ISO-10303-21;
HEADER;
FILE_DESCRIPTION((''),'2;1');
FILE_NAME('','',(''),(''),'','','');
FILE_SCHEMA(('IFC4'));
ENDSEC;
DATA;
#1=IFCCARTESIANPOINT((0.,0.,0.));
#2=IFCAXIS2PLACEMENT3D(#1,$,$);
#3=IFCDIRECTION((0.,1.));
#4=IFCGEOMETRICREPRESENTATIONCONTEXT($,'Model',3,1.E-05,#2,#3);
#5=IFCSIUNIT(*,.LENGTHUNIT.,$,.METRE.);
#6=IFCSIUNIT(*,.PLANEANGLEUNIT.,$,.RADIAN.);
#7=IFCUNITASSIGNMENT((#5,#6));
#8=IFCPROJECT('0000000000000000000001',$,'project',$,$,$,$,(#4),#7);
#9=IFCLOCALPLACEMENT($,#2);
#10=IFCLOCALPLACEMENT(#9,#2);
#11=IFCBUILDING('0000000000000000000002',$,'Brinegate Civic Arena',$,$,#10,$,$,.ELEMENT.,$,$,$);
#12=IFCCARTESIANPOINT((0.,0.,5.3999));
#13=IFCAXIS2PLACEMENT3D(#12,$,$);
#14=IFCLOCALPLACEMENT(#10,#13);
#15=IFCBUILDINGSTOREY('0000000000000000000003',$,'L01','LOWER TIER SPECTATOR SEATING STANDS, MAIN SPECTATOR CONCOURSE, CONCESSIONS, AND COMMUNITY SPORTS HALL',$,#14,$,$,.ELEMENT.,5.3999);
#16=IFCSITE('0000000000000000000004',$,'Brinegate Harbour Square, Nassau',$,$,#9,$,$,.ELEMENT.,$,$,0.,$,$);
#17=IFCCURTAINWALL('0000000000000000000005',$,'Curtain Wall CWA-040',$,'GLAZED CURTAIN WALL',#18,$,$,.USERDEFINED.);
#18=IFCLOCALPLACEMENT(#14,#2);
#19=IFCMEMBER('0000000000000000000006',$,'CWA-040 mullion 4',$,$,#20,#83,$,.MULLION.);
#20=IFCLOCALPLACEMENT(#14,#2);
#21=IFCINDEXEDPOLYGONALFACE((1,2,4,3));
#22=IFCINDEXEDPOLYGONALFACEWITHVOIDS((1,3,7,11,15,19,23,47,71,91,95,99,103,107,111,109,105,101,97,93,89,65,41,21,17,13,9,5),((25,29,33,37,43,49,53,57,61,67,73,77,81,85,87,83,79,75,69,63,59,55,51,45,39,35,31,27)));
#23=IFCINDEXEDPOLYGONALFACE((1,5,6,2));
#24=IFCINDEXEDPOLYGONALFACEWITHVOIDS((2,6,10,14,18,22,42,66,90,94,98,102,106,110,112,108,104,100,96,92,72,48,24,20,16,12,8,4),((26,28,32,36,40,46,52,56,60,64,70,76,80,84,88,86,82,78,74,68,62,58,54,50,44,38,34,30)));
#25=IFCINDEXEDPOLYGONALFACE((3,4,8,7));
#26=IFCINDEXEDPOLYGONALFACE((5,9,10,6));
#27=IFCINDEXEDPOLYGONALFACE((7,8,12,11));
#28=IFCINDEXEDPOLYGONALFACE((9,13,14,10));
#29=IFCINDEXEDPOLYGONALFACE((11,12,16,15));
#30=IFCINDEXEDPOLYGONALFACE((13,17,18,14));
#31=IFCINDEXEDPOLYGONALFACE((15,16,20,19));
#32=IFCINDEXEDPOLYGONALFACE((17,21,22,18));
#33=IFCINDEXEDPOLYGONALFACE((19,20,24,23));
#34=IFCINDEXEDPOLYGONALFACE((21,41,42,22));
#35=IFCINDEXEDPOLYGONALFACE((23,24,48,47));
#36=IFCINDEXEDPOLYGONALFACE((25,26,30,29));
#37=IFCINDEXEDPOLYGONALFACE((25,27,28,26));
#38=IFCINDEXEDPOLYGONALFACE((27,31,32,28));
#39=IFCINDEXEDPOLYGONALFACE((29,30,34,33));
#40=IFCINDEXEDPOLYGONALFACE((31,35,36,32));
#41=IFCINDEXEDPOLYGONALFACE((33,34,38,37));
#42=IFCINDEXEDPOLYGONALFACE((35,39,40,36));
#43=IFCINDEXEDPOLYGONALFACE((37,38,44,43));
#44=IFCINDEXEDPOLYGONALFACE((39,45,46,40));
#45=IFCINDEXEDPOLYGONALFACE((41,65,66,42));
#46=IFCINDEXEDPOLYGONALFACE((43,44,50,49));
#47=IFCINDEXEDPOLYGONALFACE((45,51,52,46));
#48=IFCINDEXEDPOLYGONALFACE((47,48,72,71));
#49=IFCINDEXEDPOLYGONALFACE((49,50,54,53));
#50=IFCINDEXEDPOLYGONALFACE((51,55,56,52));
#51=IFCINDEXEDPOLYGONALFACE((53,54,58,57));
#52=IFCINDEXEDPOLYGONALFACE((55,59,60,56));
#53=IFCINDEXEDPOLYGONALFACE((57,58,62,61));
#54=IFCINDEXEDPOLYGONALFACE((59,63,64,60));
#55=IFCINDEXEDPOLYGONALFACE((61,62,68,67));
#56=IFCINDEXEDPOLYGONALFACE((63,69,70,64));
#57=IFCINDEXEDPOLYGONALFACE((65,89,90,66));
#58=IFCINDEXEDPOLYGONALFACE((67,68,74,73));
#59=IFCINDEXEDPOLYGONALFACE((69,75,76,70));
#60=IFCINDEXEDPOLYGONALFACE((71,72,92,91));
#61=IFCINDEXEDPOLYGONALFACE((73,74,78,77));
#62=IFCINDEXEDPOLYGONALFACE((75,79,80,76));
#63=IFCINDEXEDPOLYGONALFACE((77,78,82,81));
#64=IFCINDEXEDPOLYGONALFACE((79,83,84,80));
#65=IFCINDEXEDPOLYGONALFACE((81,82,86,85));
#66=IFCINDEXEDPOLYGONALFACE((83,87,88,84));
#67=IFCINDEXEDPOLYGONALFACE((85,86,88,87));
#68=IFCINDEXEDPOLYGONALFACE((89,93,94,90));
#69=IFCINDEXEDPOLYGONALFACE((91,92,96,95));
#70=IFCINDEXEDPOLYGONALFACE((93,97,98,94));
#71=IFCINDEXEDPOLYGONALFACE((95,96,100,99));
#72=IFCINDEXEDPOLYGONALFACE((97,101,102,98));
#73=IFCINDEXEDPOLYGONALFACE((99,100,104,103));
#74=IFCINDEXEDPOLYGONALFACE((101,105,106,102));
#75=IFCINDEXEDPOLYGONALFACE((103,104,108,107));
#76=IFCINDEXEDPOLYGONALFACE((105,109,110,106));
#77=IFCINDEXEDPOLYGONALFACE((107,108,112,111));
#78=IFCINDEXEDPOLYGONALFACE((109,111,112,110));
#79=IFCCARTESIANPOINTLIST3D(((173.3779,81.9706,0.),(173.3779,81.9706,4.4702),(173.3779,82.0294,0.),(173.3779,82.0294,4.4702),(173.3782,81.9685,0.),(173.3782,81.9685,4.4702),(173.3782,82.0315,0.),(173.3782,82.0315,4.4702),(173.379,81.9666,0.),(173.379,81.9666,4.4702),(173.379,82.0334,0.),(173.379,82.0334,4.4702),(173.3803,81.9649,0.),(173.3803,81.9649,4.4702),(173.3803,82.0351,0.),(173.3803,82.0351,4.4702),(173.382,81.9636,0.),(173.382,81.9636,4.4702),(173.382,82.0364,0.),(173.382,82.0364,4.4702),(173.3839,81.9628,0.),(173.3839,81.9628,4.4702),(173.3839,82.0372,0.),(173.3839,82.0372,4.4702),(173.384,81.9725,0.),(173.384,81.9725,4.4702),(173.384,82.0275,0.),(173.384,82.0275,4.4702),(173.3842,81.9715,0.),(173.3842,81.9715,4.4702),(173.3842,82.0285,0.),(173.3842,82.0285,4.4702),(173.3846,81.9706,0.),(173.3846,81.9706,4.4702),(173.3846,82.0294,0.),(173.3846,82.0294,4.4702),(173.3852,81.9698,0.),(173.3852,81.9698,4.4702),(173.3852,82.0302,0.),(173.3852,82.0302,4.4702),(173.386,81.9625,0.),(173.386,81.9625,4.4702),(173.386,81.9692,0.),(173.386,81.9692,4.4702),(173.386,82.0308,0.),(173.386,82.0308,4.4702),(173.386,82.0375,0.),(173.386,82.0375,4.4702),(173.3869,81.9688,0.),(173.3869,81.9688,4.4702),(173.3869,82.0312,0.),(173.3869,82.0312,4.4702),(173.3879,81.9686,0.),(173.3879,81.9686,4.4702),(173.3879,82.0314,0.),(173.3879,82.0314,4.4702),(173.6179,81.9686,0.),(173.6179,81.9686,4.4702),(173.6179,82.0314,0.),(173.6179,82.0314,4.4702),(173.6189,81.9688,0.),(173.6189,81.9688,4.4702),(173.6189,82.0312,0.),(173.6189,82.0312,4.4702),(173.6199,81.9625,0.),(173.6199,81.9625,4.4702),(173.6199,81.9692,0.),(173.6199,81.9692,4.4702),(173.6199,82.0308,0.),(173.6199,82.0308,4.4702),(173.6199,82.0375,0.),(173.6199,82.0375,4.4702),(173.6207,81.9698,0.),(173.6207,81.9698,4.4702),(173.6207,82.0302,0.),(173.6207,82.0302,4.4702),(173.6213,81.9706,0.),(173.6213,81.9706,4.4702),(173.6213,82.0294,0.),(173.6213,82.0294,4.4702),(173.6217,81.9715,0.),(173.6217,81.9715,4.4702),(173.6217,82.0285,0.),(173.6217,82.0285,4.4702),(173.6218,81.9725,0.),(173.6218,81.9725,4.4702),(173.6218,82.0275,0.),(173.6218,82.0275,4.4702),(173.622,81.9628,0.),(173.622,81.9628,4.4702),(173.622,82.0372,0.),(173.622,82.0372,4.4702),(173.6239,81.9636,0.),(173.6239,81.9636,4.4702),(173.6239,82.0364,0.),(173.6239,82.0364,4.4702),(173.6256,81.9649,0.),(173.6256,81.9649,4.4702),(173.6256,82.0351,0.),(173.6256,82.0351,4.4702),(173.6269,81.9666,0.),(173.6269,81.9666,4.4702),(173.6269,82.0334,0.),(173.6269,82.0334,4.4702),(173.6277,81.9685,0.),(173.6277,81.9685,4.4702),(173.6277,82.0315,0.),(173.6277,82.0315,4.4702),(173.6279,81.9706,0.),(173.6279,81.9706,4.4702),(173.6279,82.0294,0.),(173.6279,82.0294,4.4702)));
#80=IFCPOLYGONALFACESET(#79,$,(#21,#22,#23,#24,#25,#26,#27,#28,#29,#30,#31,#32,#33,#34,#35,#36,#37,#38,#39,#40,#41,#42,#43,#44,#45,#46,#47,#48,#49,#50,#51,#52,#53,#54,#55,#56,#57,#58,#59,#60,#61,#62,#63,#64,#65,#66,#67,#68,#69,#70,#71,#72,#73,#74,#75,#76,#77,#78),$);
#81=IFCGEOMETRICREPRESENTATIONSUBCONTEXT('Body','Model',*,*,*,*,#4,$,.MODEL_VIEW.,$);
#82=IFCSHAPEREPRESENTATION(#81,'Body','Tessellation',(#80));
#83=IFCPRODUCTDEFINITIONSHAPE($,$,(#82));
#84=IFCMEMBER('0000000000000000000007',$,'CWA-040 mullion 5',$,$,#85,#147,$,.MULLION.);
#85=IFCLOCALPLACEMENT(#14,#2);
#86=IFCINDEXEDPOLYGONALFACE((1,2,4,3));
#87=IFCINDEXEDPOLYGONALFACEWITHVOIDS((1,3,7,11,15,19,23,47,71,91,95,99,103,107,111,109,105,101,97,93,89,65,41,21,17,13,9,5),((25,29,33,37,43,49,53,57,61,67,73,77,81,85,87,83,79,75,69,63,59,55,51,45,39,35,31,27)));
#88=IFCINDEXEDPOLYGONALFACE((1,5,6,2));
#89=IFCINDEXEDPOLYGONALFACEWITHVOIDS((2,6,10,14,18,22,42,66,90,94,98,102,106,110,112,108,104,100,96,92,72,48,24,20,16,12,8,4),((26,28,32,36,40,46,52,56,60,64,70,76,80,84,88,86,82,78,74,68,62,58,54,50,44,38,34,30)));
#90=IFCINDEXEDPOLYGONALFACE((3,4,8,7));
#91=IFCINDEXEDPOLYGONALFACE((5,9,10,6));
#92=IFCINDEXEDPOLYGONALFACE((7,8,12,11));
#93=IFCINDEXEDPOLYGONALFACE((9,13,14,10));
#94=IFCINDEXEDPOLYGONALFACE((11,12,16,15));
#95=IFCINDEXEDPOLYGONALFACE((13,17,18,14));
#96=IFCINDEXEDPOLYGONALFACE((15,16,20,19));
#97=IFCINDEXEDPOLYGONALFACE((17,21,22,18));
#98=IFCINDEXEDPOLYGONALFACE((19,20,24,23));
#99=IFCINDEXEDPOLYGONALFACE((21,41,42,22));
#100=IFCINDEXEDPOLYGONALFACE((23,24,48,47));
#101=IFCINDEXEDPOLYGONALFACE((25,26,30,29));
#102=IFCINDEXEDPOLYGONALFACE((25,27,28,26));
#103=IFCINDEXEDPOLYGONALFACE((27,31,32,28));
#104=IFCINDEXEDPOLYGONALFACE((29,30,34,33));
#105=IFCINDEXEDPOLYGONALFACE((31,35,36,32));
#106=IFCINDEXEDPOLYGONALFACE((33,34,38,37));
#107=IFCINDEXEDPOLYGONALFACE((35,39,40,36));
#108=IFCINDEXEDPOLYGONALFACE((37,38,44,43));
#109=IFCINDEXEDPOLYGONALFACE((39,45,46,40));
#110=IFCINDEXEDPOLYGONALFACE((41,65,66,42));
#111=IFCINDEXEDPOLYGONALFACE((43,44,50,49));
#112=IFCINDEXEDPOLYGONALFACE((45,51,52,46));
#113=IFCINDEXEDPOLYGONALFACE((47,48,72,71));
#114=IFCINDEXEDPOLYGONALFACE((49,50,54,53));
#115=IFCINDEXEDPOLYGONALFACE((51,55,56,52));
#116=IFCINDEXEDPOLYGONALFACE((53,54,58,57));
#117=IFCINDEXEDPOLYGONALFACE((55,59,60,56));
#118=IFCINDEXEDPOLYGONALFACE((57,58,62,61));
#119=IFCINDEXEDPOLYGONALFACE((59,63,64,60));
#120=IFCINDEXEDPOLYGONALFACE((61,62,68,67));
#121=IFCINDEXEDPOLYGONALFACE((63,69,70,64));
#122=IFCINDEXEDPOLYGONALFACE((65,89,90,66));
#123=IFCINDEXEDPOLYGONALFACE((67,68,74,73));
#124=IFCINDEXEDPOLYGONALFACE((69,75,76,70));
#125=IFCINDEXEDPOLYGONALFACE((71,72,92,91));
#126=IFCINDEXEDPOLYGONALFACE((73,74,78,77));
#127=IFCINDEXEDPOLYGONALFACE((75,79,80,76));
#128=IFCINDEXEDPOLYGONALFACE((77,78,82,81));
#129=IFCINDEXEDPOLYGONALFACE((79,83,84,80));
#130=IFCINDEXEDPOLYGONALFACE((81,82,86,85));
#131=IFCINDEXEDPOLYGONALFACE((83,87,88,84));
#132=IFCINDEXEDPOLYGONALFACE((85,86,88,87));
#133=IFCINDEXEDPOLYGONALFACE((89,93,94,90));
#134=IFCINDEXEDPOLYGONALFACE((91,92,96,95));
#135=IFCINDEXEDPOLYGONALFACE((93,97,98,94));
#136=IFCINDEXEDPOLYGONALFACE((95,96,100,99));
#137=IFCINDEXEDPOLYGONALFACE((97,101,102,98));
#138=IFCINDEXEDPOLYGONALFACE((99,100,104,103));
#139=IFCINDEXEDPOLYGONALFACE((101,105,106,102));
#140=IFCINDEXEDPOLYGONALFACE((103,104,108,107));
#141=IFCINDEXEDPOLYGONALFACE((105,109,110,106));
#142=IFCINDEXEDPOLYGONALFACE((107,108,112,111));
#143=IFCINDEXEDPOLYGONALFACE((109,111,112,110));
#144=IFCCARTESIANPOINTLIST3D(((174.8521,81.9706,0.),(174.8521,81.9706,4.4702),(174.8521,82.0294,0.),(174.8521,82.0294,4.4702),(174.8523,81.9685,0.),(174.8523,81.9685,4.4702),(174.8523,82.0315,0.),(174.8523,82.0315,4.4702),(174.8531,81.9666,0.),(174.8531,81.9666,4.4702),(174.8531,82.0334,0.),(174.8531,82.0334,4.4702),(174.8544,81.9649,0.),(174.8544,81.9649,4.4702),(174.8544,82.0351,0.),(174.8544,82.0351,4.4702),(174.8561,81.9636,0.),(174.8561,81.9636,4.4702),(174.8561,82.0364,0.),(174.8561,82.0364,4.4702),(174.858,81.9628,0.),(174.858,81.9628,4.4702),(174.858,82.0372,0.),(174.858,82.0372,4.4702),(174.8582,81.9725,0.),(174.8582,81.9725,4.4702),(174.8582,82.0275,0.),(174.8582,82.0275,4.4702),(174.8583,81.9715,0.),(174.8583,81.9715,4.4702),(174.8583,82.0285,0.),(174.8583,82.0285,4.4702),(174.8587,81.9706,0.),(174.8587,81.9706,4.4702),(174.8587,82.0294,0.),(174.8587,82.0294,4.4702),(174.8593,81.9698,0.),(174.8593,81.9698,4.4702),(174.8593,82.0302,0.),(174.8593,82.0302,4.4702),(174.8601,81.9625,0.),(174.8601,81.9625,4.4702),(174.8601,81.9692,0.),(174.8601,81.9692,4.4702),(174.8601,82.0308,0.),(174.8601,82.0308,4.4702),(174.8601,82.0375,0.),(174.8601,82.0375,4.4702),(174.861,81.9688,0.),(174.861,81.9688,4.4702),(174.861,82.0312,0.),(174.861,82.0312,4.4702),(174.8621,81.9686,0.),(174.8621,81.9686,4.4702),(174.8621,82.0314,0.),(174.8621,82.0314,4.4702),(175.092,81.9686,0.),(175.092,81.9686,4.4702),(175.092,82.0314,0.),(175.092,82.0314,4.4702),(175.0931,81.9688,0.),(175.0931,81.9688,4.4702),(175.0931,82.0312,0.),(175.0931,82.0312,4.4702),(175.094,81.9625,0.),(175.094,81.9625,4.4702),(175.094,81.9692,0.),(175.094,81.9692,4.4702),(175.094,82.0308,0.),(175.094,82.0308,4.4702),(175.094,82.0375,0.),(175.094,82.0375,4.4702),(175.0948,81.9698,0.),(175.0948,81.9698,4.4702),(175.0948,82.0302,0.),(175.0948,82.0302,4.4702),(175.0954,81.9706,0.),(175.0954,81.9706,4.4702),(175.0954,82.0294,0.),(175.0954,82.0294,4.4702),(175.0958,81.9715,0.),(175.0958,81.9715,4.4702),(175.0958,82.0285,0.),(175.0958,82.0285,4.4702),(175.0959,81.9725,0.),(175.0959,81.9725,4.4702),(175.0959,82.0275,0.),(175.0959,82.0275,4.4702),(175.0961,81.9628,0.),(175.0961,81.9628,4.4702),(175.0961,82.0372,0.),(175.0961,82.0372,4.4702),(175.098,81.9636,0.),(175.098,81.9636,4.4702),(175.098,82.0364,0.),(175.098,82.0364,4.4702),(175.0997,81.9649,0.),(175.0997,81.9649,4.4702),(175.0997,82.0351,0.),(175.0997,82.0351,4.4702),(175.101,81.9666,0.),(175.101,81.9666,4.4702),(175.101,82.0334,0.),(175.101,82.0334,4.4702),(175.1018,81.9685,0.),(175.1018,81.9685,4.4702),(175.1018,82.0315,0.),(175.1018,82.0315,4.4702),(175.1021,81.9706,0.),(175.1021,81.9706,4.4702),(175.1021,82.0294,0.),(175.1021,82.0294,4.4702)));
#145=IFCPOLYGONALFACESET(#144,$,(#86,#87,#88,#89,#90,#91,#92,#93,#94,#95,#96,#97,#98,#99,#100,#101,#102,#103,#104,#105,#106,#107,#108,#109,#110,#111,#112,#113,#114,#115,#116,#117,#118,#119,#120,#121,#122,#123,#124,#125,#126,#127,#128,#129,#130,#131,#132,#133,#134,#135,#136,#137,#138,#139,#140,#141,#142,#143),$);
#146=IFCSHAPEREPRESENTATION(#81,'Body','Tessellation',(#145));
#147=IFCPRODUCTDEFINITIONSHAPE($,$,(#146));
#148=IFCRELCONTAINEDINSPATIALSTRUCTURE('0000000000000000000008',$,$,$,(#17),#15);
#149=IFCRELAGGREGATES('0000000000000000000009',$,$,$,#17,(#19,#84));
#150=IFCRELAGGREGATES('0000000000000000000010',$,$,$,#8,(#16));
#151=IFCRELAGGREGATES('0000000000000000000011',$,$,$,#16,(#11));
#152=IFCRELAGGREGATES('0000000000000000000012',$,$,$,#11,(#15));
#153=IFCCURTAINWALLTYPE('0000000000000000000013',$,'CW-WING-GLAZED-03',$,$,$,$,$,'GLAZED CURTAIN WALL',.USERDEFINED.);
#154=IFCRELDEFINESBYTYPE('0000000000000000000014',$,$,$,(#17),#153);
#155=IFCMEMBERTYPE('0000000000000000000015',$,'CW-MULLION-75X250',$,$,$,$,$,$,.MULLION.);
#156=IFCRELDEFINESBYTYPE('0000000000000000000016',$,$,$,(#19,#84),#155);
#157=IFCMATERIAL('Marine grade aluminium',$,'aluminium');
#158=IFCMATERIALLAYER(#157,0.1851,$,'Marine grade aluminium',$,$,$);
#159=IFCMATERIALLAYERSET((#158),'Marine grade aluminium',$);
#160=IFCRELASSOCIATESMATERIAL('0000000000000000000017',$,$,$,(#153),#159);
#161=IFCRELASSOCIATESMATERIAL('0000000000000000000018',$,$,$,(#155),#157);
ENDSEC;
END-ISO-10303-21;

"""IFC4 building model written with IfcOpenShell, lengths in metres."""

from ifc_helpers import new_model, si_unit, direction, frame, origin, origin_2d, place, context, subcontext, project, spatial, hollow_rectangle, extrude, material, layer, layer_set, material_profile, profile_set, type_object, element, aggregate, save


model = new_model("IFC4")

# Units and contexts
model_context = context("Model", 3, precision=1e-05, world=origin(), true_north=direction((0.0, 1.0)))
body_context = subcontext(model_context, "Body", "Model", "MODEL_VIEW")
ifc_project = project(units=[si_unit("LENGTHUNIT", "METRE"), si_unit("PLANEANGLEUNIT", "RADIAN")], contexts=[model_context])

# Site, building, storey
site_placement = place(None, origin())
site = spatial("IfcSite", under=ifc_project, at=site_placement, Name="Brinegate Harbour Square, Nassau", CompositionType="ELEMENT", RefElevation=0.0)
building_placement = place(site_placement, origin())
building = spatial("IfcBuilding", under=site, at=building_placement, Name="Brinegate Civic Arena", CompositionType="ELEMENT")
storey_placement = place(building_placement, frame((0.0, 0.0, 5.3999)))
storey = spatial("IfcBuildingStorey", under=building, at=storey_placement, Name="L01", Description="LOWER TIER SPECTATOR SEATING STANDS, MAIN SPECTATOR CONCOURSE, CONCESSIONS, AND COMMUNITY SPORTS HALL", CompositionType="ELEMENT", Elevation=5.3999)

# Curtain wall, members
ifc_material_1 = material(Name="Marine grade aluminium", Category="aluminium")
ifc_layer_1 = layer(ifc_material_1, 0.1851, Name="Marine grade aluminium")
ifc_layer_set_1 = layer_set([ifc_layer_1], Name="Marine grade aluminium")
curtain_wall_type = type_object("IfcCurtainWallType", Name="CW-WING-GLAZED-03", ElementType="GLAZED CURTAIN WALL", PredefinedType="USERDEFINED", material=ifc_layer_set_1)
curtain_wall_placement = place(storey_placement, origin())
curtain_wall = element("IfcCurtainWall", 1, at=curtain_wall_placement, inside=storey, type_object=curtain_wall_type, Name="Curtain Wall CWA-040", ObjectType="GLAZED CURTAIN WALL", PredefinedType="USERDEFINED")
ifc_material_profile_1 = material_profile(ifc_material_1, hollow_rectangle(XDim=0.075, YDim=0.25, WallThickness=0.0061, InnerFilletRadius=0.0039, OuterFilletRadius=0.0081, at=origin_2d()), Name="MUL75X250")
ifc_profile_set_1 = profile_set([ifc_material_profile_1], Name="Marine grade aluminium")
member_type_1 = type_object("IfcMemberType", Name="CW-MULLION-75X250", PredefinedType="MULLION", material=ifc_profile_set_1)
member_1_placement = place(storey_placement, frame((173.5029, 82.0, 0.0), z_axis=(0.0, 0.0, 1.0), x_axis=(0.0, 1.0, 0.0)))
member_1 = element("IfcMember", 2, at=member_1_placement, type_object=member_type_1, Name="CWA-040 mullion 4", PredefinedType="MULLION", context=body_context, shape_type="SweptSolid", body=[
    extrude(hollow_rectangle(XDim=0.075, YDim=0.25, WallThickness=0.0061, InnerFilletRadius=0.0039, OuterFilletRadius=0.0081, at=origin_2d()), origin(), (0.0, 0.0, 1.0), 4.4702),
])
member_2_placement = place(storey_placement, frame((174.9771, 82.0, 0.0), z_axis=(0.0, 0.0, 1.0), x_axis=(0.0, 1.0, 0.0)))
member_2 = element("IfcMember", 3, at=member_2_placement, type_object=member_type_1, Name="CWA-040 mullion 5", PredefinedType="MULLION", context=body_context, shape_type="SweptSolid", body=[
    extrude(hollow_rectangle(XDim=0.075, YDim=0.25, WallThickness=0.0061, InnerFilletRadius=0.0039, OuterFilletRadius=0.0081, at=origin_2d()), origin(), (0.0, 0.0, 1.0), 4.4702),
])
aggregate(curtain_wall, [member_1, member_2])

save(model, "model.ifc")
